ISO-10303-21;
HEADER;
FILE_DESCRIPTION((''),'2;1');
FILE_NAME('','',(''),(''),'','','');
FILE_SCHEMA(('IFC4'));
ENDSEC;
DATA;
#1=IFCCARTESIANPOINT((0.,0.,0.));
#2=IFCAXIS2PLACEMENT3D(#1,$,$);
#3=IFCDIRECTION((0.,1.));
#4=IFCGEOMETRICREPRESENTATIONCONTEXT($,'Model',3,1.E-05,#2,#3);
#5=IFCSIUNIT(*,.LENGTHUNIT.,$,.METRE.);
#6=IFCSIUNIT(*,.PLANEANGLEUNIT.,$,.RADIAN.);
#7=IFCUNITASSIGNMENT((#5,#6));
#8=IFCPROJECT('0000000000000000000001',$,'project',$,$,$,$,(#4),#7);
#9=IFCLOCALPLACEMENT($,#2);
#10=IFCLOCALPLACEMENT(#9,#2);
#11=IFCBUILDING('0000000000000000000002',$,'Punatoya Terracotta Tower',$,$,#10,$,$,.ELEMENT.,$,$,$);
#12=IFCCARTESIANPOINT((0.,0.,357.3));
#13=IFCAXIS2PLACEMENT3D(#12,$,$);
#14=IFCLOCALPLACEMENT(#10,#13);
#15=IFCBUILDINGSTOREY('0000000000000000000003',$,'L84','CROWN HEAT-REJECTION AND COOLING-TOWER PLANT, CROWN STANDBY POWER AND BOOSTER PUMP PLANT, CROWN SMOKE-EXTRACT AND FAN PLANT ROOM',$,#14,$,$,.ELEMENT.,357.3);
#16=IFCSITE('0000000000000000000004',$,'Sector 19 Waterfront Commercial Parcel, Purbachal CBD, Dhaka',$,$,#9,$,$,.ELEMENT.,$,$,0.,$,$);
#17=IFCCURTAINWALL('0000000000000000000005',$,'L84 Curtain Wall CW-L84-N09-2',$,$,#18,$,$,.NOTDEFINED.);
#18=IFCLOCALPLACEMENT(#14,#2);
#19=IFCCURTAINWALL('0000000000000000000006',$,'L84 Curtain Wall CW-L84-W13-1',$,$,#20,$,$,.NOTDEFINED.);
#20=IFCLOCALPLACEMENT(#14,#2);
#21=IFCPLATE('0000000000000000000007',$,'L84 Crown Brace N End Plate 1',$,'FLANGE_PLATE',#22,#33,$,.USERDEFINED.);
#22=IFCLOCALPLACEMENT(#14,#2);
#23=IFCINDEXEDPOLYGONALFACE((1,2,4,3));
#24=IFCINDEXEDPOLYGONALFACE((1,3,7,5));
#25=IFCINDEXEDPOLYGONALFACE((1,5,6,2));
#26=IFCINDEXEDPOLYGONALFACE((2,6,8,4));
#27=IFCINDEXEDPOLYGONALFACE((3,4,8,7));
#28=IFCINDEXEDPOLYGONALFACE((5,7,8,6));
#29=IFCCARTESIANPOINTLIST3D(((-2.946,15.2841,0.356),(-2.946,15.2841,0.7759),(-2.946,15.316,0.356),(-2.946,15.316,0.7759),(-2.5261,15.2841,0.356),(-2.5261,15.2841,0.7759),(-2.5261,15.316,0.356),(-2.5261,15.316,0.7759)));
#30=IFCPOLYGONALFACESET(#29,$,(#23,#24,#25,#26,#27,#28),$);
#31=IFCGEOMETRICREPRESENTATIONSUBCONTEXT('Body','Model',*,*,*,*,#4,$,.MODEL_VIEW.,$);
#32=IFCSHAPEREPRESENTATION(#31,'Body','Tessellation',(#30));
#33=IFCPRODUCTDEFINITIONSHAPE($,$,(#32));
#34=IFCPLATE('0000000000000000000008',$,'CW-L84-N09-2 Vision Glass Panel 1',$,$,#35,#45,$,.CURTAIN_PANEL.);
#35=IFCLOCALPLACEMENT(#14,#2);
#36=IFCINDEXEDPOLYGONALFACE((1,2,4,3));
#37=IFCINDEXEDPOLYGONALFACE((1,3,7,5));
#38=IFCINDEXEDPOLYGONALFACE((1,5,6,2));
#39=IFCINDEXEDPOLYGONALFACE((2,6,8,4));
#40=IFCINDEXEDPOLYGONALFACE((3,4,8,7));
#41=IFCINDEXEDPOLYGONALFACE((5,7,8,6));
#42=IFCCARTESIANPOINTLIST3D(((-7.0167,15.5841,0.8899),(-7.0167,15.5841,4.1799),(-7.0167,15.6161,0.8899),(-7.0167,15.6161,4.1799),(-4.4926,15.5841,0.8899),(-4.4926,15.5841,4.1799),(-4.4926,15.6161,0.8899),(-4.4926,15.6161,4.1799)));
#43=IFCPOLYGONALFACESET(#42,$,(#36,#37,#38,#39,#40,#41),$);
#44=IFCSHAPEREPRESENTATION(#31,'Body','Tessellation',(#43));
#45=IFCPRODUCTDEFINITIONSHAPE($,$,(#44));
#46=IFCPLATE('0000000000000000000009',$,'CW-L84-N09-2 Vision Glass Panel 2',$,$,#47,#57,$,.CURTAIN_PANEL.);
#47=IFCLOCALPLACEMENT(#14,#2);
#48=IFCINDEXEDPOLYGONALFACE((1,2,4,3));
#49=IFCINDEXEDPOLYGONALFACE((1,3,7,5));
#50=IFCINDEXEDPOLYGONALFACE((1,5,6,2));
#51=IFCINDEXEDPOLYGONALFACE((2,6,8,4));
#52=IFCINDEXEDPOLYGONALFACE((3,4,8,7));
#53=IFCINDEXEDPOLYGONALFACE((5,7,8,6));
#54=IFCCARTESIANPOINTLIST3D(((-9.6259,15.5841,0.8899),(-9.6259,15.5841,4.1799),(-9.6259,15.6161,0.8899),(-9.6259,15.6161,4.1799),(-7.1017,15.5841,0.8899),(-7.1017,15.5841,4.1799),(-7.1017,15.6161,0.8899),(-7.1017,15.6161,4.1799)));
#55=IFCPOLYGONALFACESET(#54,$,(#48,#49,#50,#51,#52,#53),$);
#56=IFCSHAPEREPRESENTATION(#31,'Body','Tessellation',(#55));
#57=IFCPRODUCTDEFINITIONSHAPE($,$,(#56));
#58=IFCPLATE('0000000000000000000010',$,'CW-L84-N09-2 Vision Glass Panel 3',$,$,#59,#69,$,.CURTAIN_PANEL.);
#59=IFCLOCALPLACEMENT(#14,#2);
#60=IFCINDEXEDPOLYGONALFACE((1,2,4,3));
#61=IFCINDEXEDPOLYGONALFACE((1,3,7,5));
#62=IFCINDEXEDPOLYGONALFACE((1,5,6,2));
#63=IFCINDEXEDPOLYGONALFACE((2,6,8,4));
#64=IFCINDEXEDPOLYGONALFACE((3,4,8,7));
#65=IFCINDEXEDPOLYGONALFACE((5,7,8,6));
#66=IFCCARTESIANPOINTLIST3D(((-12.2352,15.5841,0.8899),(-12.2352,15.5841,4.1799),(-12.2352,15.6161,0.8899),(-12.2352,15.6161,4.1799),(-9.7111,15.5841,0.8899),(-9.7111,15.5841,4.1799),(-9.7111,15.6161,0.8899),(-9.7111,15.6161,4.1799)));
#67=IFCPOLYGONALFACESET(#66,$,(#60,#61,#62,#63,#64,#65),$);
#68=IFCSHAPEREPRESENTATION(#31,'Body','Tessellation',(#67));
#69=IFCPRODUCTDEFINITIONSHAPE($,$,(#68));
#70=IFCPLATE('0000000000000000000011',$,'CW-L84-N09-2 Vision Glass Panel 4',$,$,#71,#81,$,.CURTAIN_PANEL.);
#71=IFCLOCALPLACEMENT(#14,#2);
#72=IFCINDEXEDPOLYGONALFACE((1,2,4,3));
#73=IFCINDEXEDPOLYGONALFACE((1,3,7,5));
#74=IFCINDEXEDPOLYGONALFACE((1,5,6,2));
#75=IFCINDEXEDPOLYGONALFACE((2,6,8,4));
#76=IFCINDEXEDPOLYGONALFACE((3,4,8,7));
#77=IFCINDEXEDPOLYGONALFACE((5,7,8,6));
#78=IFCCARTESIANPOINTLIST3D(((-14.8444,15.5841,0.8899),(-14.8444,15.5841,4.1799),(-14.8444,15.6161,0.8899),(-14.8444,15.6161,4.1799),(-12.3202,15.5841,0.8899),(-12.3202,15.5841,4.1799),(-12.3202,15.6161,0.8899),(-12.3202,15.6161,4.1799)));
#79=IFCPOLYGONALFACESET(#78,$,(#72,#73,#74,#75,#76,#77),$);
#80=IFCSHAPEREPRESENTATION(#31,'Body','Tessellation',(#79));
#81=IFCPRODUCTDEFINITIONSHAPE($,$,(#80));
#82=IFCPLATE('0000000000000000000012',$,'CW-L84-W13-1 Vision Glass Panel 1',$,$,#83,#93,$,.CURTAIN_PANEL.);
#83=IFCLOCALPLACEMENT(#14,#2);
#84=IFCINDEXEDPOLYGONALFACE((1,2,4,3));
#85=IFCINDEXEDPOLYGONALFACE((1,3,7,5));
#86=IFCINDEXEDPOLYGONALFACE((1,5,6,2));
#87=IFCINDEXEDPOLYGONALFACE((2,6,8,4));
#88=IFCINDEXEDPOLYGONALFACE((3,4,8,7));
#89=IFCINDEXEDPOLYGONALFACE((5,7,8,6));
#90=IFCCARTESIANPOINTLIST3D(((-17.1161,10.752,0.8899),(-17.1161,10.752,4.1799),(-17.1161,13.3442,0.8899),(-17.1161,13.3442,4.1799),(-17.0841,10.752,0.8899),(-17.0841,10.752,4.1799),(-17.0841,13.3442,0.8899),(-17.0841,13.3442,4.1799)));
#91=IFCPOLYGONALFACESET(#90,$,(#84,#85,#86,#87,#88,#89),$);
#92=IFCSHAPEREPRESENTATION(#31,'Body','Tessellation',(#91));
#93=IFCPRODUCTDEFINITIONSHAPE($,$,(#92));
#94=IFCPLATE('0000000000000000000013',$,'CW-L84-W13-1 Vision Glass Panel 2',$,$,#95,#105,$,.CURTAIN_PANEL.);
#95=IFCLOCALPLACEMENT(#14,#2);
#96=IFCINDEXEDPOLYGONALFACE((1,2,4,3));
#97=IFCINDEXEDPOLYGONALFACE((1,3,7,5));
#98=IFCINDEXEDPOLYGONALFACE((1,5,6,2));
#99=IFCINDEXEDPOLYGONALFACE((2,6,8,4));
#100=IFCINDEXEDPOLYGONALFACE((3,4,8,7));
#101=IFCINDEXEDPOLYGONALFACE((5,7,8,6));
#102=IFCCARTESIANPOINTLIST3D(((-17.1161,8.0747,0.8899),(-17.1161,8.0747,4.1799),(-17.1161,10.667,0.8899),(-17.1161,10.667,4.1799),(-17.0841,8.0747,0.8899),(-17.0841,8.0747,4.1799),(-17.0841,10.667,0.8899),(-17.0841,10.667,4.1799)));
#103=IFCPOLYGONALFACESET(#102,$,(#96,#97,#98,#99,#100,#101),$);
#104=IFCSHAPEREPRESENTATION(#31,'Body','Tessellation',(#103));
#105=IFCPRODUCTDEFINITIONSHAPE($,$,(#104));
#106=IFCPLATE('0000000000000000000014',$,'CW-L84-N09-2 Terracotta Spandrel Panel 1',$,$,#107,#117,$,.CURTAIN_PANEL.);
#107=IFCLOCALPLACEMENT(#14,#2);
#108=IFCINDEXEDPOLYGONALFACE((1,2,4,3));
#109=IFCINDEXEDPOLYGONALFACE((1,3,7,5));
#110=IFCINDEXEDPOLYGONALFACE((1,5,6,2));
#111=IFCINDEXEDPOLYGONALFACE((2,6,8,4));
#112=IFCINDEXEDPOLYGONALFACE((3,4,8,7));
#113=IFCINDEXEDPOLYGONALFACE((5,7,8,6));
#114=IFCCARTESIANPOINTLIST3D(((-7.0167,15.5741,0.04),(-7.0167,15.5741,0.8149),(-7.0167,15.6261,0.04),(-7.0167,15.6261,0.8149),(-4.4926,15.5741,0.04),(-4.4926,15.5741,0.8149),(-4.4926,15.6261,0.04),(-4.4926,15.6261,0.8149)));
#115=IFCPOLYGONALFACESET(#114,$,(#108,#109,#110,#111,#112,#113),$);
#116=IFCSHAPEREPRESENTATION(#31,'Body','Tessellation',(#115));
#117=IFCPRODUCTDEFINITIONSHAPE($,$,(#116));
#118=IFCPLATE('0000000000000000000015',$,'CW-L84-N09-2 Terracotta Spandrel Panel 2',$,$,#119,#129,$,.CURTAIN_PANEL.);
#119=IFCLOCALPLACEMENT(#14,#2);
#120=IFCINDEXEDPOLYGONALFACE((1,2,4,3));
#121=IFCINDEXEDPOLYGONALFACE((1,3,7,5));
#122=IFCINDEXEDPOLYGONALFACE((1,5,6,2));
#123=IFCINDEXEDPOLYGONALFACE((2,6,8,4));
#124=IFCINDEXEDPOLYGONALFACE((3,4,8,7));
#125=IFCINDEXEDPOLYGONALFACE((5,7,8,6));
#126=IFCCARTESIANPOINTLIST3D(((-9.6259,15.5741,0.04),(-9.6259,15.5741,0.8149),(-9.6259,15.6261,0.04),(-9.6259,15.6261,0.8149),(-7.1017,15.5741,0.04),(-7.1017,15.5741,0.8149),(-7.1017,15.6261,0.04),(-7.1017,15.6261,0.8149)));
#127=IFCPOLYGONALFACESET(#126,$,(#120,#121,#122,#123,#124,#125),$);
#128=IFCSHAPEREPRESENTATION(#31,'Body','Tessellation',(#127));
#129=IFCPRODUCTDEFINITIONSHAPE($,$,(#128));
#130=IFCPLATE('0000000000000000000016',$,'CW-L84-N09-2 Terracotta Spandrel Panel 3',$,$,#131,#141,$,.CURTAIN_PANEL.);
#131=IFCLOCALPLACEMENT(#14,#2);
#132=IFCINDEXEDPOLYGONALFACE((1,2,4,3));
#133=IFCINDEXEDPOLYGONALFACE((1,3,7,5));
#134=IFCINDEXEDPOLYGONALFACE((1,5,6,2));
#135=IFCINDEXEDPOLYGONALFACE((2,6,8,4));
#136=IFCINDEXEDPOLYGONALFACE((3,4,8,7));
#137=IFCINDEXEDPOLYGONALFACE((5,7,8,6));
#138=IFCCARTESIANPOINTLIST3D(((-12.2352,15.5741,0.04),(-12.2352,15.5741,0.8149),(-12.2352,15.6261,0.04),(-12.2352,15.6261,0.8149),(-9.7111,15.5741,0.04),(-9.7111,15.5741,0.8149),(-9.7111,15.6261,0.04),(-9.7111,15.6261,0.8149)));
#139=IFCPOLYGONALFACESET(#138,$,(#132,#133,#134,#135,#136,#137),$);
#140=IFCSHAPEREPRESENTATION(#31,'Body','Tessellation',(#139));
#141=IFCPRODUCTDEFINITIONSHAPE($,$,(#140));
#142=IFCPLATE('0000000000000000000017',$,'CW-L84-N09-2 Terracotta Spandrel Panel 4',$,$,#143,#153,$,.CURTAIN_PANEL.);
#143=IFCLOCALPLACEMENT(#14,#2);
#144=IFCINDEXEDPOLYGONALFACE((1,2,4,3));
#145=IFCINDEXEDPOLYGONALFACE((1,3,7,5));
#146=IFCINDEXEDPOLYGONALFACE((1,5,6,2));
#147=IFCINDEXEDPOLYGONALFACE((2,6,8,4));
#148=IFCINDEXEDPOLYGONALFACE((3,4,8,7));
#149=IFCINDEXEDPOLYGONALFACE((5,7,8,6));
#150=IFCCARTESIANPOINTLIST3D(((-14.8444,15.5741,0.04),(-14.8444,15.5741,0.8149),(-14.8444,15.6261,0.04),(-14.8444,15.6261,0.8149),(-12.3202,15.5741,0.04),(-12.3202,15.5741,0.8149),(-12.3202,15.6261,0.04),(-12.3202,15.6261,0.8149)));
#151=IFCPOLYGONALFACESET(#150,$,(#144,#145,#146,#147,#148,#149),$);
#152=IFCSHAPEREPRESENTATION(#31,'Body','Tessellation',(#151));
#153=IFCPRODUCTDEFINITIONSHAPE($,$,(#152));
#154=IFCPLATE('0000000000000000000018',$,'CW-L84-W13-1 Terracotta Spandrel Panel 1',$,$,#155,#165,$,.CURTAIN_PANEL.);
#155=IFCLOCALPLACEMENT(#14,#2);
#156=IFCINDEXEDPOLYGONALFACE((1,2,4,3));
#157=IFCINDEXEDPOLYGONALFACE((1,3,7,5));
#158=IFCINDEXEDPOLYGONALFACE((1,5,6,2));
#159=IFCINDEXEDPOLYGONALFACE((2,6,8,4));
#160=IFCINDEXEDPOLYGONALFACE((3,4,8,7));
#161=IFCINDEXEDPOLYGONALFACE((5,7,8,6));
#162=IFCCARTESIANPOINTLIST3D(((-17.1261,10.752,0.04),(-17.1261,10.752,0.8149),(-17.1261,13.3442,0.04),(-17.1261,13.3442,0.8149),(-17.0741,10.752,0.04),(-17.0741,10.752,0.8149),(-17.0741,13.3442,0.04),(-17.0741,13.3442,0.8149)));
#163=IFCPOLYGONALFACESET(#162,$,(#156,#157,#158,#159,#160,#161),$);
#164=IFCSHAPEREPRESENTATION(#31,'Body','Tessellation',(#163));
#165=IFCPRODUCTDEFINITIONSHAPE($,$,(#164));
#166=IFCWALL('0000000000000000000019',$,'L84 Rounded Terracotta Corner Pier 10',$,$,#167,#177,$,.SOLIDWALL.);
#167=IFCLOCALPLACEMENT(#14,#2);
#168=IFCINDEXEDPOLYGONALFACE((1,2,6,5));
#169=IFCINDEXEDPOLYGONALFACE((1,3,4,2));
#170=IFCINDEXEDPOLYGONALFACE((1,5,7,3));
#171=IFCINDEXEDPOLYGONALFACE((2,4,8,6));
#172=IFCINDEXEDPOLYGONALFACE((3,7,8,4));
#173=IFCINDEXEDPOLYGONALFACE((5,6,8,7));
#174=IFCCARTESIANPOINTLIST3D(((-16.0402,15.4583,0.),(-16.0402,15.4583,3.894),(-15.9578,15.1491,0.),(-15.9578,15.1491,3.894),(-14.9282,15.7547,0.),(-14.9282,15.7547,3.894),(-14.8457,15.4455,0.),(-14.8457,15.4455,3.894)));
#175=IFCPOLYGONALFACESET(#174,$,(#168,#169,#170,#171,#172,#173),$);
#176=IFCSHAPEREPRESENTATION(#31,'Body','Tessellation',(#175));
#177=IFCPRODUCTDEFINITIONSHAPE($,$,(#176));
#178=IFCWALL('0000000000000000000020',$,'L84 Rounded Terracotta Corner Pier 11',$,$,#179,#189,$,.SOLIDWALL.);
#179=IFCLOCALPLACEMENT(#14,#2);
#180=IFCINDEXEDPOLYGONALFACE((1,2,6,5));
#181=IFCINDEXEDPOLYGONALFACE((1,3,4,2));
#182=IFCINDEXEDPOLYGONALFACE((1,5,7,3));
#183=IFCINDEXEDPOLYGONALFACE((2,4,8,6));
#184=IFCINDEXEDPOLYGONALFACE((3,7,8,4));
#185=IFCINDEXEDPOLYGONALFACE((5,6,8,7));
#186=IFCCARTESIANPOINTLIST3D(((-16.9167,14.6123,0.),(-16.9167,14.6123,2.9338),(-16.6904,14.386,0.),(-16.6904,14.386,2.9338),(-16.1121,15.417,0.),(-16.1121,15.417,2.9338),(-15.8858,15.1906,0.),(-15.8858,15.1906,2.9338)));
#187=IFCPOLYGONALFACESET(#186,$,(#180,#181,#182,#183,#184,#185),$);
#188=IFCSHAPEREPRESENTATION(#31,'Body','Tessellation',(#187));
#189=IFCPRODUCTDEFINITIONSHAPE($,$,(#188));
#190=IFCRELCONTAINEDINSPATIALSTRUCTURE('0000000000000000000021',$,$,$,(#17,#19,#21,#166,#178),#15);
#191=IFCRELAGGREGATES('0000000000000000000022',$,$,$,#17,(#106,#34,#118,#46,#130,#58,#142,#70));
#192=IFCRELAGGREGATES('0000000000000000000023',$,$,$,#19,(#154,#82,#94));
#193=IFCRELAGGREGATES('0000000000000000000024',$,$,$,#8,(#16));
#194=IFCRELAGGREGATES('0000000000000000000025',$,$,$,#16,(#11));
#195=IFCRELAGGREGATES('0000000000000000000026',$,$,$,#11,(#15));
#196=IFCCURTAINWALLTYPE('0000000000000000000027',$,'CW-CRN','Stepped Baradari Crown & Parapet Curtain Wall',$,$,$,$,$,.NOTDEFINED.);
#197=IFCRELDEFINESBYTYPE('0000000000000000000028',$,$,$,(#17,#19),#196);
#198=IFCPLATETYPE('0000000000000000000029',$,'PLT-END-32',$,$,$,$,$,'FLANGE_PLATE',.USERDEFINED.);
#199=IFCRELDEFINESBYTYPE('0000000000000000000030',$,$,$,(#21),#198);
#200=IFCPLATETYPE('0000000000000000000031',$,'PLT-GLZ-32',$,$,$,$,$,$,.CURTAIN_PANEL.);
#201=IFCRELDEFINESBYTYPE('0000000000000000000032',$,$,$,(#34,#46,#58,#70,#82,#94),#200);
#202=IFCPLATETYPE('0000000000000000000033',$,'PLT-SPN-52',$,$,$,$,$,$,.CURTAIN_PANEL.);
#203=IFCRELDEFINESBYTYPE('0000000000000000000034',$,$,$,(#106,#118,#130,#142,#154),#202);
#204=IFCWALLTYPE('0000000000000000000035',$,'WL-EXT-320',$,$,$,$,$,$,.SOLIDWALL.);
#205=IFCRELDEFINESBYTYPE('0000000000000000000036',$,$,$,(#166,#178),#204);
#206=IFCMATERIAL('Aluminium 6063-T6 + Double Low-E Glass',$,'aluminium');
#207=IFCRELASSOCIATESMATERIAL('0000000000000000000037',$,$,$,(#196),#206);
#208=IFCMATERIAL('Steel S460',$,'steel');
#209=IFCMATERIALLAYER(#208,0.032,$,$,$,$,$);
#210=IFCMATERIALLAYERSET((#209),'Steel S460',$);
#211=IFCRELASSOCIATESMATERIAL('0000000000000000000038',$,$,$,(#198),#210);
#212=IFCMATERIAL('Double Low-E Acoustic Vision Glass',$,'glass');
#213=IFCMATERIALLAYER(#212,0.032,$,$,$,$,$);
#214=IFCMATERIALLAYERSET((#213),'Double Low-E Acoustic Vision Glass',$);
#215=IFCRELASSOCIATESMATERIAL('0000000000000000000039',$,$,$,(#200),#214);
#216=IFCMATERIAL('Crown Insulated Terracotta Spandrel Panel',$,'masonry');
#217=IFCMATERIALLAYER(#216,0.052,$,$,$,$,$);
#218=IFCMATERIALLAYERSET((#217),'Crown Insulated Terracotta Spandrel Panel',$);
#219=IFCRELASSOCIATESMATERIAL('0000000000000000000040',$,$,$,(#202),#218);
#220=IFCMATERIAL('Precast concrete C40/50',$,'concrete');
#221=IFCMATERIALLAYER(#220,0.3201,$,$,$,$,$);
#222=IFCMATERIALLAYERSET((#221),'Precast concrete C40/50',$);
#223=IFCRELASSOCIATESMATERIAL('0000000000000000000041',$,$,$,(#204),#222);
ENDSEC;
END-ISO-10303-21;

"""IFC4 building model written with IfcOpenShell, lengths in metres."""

from ifc_helpers import new_model, si_unit, direction, frame, frame_2d, origin, origin_2d, place, context, subcontext, project, spatial, rectangle, extrude, material, layer, layer_set, type_object, element, aggregate, save


model = new_model("IFC4")

# Units and contexts
model_context = context("Model", 3, precision=1e-05, world=origin(), true_north=direction((0.0, 1.0)))
body_context = subcontext(model_context, "Body", "Model", "MODEL_VIEW")
ifc_project = project(units=[si_unit("LENGTHUNIT", "METRE"), si_unit("PLANEANGLEUNIT", "RADIAN")], contexts=[model_context])

# Site, building, storey
site_placement = place(None, origin())
site = spatial("IfcSite", under=ifc_project, at=site_placement, Name="Sector 19 Waterfront Commercial Parcel, Purbachal CBD, Dhaka", CompositionType="ELEMENT", RefElevation=0.0)
building_placement = place(site_placement, origin())
building = spatial("IfcBuilding", under=site, at=building_placement, Name="Punatoya Terracotta Tower", CompositionType="ELEMENT")
storey_placement = place(building_placement, frame((0.0, 0.0, 357.3)))
storey = spatial("IfcBuildingStorey", under=building, at=storey_placement, Name="L84", Description="CROWN HEAT-REJECTION AND COOLING-TOWER PLANT, CROWN STANDBY POWER AND BOOSTER PUMP PLANT, CROWN SMOKE-EXTRACT AND FAN PLANT ROOM", CompositionType="ELEMENT", Elevation=357.3)

# Shared definitions
ifc_material_1 = material(Name="Steel S460", Category="steel")

# Curtain walls
ifc_material_2 = material(Name="Aluminium 6063-T6 + Double Low-E Glass", Category="aluminium")
curtain_wall_type = type_object("IfcCurtainWallType", Name="CW-CRN", Description="Stepped Baradari Crown & Parapet Curtain Wall", PredefinedType="NOTDEFINED", material=ifc_material_2)
curtain_wall_1_placement = place(storey_placement, origin())
curtain_wall_1 = element("IfcCurtainWall", 1, at=curtain_wall_1_placement, inside=storey, type_object=curtain_wall_type, Name="L84 Curtain Wall CW-L84-N09-2", PredefinedType="NOTDEFINED")
curtain_wall_2_placement = place(storey_placement, origin())
curtain_wall_2 = element("IfcCurtainWall", 2, at=curtain_wall_2_placement, inside=storey, type_object=curtain_wall_type, Name="L84 Curtain Wall CW-L84-W13-1", PredefinedType="NOTDEFINED")

# Plates
ifc_layer_1 = layer(ifc_material_1, 0.032)
ifc_layer_set_1 = layer_set([ifc_layer_1], Name="Steel S460")
plate_type_1 = type_object("IfcPlateType", Name="PLT-END-32", ElementType="FLANGE_PLATE", PredefinedType="USERDEFINED", material=ifc_layer_set_1)
plate_1_placement = place(storey_placement, frame((-2.7361, 15.3, 0.356), z_axis=(0.0, 0.0, 1.0), x_axis=(1.0, 0.0, 0.0)))
element("IfcPlate", 3, at=plate_1_placement, inside=storey, type_object=plate_type_1, Name="L84 Crown Brace N End Plate 1", ObjectType="FLANGE_PLATE", PredefinedType="USERDEFINED", context=body_context, shape_type="SweptSolid", body=[
    extrude(rectangle(XDim=0.4199, YDim=0.032, at=origin_2d()), origin(), (0.0, 0.0, 1.0), 0.4199),
])
ifc_material_3 = material(Name="Double Low-E Acoustic Vision Glass", Category="glass")
ifc_layer_2 = layer(ifc_material_3, 0.032)
ifc_layer_set_2 = layer_set([ifc_layer_2], Name="Double Low-E Acoustic Vision Glass")
plate_type_2 = type_object("IfcPlateType", Name="PLT-GLZ-32", PredefinedType="CURTAIN_PANEL", material=ifc_layer_set_2)
plate_2_placement = place(storey_placement, frame((-5.7546, 15.6001, 0.8899), z_axis=(0.0, 0.0, 1.0), x_axis=(-1.0, 0.0, 0.0)))
plate_2 = element("IfcPlate", 4, at=plate_2_placement, type_object=plate_type_2, Name="CW-L84-N09-2 Vision Glass Panel 1", PredefinedType="CURTAIN_PANEL", context=body_context, shape_type="SweptSolid", body=[
    extrude(rectangle(XDim=2.5242, YDim=0.032, at=origin_2d()), origin(), (0.0, 0.0, 1.0), 3.29),
])
plate_3_placement = place(storey_placement, frame((-8.3638, 15.6001, 0.8899), z_axis=(0.0, 0.0, 1.0), x_axis=(-1.0, 0.0, 0.0)))
plate_3 = element("IfcPlate", 5, at=plate_3_placement, type_object=plate_type_2, Name="CW-L84-N09-2 Vision Glass Panel 2", PredefinedType="CURTAIN_PANEL", context=body_context, shape_type="SweptSolid", body=[
    extrude(rectangle(XDim=2.5242, YDim=0.032, at=origin_2d()), origin(), (0.0, 0.0, 1.0), 3.29),
])
plate_4_placement = place(storey_placement, frame((-10.9731, 15.6001, 0.8899), z_axis=(0.0, 0.0, 1.0), x_axis=(-1.0, 0.0, 0.0)))
plate_4 = element("IfcPlate", 6, at=plate_4_placement, type_object=plate_type_2, Name="CW-L84-N09-2 Vision Glass Panel 3", PredefinedType="CURTAIN_PANEL", context=body_context, shape_type="SweptSolid", body=[
    extrude(rectangle(XDim=2.5242, YDim=0.032, at=origin_2d()), origin(), (0.0, 0.0, 1.0), 3.29),
])
plate_5_placement = place(storey_placement, frame((-13.5823, 15.6001, 0.8899), z_axis=(0.0, 0.0, 1.0), x_axis=(-1.0, 0.0, 0.0)))
plate_5 = element("IfcPlate", 7, at=plate_5_placement, type_object=plate_type_2, Name="CW-L84-N09-2 Vision Glass Panel 4", PredefinedType="CURTAIN_PANEL", context=body_context, shape_type="SweptSolid", body=[
    extrude(rectangle(XDim=2.5242, YDim=0.032, at=origin_2d()), origin(), (0.0, 0.0, 1.0), 3.29),
])
plate_6_placement = place(storey_placement, frame((-17.1001, 12.0481, 0.8899), z_axis=(0.0, 0.0, 1.0), x_axis=(0.0, -1.0, 0.0)))
plate_6 = element("IfcPlate", 8, at=plate_6_placement, type_object=plate_type_2, Name="CW-L84-W13-1 Vision Glass Panel 1", PredefinedType="CURTAIN_PANEL", context=body_context, shape_type="SweptSolid", body=[
    extrude(rectangle(XDim=2.5923, YDim=0.032, at=origin_2d()), origin(), (0.0, 0.0, 1.0), 3.29),
])
plate_7_placement = place(storey_placement, frame((-17.1001, 9.3708, 0.8899), z_axis=(0.0, 0.0, 1.0), x_axis=(0.0, -1.0, 0.0)))
plate_7 = element("IfcPlate", 9, at=plate_7_placement, type_object=plate_type_2, Name="CW-L84-W13-1 Vision Glass Panel 2", PredefinedType="CURTAIN_PANEL", context=body_context, shape_type="SweptSolid", body=[
    extrude(rectangle(XDim=2.5923, YDim=0.032, at=origin_2d()), origin(), (0.0, 0.0, 1.0), 3.29),
])
ifc_material_4 = material(Name="Crown Insulated Terracotta Spandrel Panel", Category="masonry")
ifc_layer_3 = layer(ifc_material_4, 0.052)
ifc_layer_set_3 = layer_set([ifc_layer_3], Name="Crown Insulated Terracotta Spandrel Panel")
plate_type_3 = type_object("IfcPlateType", Name="PLT-SPN-52", PredefinedType="CURTAIN_PANEL", material=ifc_layer_set_3)
plate_8_placement = place(storey_placement, frame((-5.7546, 15.6001, 0.04), z_axis=(0.0, 0.0, 1.0), x_axis=(-1.0, 0.0, 0.0)))
plate_8 = element("IfcPlate", 10, at=plate_8_placement, type_object=plate_type_3, Name="CW-L84-N09-2 Terracotta Spandrel Panel 1", PredefinedType="CURTAIN_PANEL", context=body_context, shape_type="SweptSolid", body=[
    extrude(rectangle(XDim=2.5242, YDim=0.052, at=origin_2d()), origin(), (0.0, 0.0, 1.0), 0.7749),
])
plate_9_placement = place(storey_placement, frame((-8.3638, 15.6001, 0.04), z_axis=(0.0, 0.0, 1.0), x_axis=(-1.0, 0.0, 0.0)))
plate_9 = element("IfcPlate", 11, at=plate_9_placement, type_object=plate_type_3, Name="CW-L84-N09-2 Terracotta Spandrel Panel 2", PredefinedType="CURTAIN_PANEL", context=body_context, shape_type="SweptSolid", body=[
    extrude(rectangle(XDim=2.5242, YDim=0.052, at=origin_2d()), origin(), (0.0, 0.0, 1.0), 0.7749),
])
plate_10_placement = place(storey_placement, frame((-10.9731, 15.6001, 0.04), z_axis=(0.0, 0.0, 1.0), x_axis=(-1.0, 0.0, 0.0)))
plate_10 = element("IfcPlate", 12, at=plate_10_placement, type_object=plate_type_3, Name="CW-L84-N09-2 Terracotta Spandrel Panel 3", PredefinedType="CURTAIN_PANEL", context=body_context, shape_type="SweptSolid", body=[
    extrude(rectangle(XDim=2.5242, YDim=0.052, at=origin_2d()), origin(), (0.0, 0.0, 1.0), 0.7749),
])
plate_11_placement = place(storey_placement, frame((-13.5823, 15.6001, 0.04), z_axis=(0.0, 0.0, 1.0), x_axis=(-1.0, 0.0, 0.0)))
plate_11 = element("IfcPlate", 13, at=plate_11_placement, type_object=plate_type_3, Name="CW-L84-N09-2 Terracotta Spandrel Panel 4", PredefinedType="CURTAIN_PANEL", context=body_context, shape_type="SweptSolid", body=[
    extrude(rectangle(XDim=2.5242, YDim=0.052, at=origin_2d()), origin(), (0.0, 0.0, 1.0), 0.7749),
])
aggregate(curtain_wall_1, [plate_8, plate_2, plate_9, plate_3, plate_10, plate_4, plate_11, plate_5])
plate_12_placement = place(storey_placement, frame((-17.1001, 12.0481, 0.04), z_axis=(0.0, 0.0, 1.0), x_axis=(0.0, -1.0, 0.0)))
plate_12 = element("IfcPlate", 14, at=plate_12_placement, type_object=plate_type_3, Name="CW-L84-W13-1 Terracotta Spandrel Panel 1", PredefinedType="CURTAIN_PANEL", context=body_context, shape_type="SweptSolid", body=[
    extrude(rectangle(XDim=2.5923, YDim=0.052, at=origin_2d()), origin(), (0.0, 0.0, 1.0), 0.7749),
])
aggregate(curtain_wall_2, [plate_12, plate_6, plate_7])

# Walls
ifc_material_5 = material(Name="Precast concrete C40/50", Category="concrete")
ifc_layer_4 = layer(ifc_material_5, 0.3201)
ifc_layer_set_4 = layer_set([ifc_layer_4], Name="Precast concrete C40/50")
wall_type_1 = type_object("IfcWallType", Name="WL-EXT-320", PredefinedType="SOLIDWALL", material=ifc_layer_set_4)
wall_1_placement = place(storey_placement, frame((-14.887, 15.6001, 0.0), z_axis=(0.0, 0.0, 1.0), x_axis=(-0.96627, -0.257531, 0.0)))
element("IfcWall", 15, at=wall_1_placement, inside=storey, type_object=wall_type_1, Name="L84 Rounded Terracotta Corner Pier 10", PredefinedType="SOLIDWALL", context=body_context, shape_type="SweptSolid", body=[
    extrude(rectangle(XDim=1.1509, YDim=0.3201, at=frame_2d((0.5754, 0.0))), origin(), (0.0, 0.0, 1.0), 3.894),
])
wall_2_placement = place(storey_placement, frame((-15.999, 15.3037, 0.0), z_axis=(0.0, 0.0, 1.0), x_axis=(-0.707107, -0.707107, 0.0)))
element("IfcWall", 16, at=wall_2_placement, inside=storey, type_object=wall_type_1, Name="L84 Rounded Terracotta Corner Pier 11", PredefinedType="SOLIDWALL", context=body_context, shape_type="SweptSolid", body=[
    extrude(rectangle(XDim=1.1379, YDim=0.3201, at=frame_2d((0.5688, 0.0))), origin(), (0.0, 0.0, 1.0), 2.9338),
])

save(model, "model.ifc")
